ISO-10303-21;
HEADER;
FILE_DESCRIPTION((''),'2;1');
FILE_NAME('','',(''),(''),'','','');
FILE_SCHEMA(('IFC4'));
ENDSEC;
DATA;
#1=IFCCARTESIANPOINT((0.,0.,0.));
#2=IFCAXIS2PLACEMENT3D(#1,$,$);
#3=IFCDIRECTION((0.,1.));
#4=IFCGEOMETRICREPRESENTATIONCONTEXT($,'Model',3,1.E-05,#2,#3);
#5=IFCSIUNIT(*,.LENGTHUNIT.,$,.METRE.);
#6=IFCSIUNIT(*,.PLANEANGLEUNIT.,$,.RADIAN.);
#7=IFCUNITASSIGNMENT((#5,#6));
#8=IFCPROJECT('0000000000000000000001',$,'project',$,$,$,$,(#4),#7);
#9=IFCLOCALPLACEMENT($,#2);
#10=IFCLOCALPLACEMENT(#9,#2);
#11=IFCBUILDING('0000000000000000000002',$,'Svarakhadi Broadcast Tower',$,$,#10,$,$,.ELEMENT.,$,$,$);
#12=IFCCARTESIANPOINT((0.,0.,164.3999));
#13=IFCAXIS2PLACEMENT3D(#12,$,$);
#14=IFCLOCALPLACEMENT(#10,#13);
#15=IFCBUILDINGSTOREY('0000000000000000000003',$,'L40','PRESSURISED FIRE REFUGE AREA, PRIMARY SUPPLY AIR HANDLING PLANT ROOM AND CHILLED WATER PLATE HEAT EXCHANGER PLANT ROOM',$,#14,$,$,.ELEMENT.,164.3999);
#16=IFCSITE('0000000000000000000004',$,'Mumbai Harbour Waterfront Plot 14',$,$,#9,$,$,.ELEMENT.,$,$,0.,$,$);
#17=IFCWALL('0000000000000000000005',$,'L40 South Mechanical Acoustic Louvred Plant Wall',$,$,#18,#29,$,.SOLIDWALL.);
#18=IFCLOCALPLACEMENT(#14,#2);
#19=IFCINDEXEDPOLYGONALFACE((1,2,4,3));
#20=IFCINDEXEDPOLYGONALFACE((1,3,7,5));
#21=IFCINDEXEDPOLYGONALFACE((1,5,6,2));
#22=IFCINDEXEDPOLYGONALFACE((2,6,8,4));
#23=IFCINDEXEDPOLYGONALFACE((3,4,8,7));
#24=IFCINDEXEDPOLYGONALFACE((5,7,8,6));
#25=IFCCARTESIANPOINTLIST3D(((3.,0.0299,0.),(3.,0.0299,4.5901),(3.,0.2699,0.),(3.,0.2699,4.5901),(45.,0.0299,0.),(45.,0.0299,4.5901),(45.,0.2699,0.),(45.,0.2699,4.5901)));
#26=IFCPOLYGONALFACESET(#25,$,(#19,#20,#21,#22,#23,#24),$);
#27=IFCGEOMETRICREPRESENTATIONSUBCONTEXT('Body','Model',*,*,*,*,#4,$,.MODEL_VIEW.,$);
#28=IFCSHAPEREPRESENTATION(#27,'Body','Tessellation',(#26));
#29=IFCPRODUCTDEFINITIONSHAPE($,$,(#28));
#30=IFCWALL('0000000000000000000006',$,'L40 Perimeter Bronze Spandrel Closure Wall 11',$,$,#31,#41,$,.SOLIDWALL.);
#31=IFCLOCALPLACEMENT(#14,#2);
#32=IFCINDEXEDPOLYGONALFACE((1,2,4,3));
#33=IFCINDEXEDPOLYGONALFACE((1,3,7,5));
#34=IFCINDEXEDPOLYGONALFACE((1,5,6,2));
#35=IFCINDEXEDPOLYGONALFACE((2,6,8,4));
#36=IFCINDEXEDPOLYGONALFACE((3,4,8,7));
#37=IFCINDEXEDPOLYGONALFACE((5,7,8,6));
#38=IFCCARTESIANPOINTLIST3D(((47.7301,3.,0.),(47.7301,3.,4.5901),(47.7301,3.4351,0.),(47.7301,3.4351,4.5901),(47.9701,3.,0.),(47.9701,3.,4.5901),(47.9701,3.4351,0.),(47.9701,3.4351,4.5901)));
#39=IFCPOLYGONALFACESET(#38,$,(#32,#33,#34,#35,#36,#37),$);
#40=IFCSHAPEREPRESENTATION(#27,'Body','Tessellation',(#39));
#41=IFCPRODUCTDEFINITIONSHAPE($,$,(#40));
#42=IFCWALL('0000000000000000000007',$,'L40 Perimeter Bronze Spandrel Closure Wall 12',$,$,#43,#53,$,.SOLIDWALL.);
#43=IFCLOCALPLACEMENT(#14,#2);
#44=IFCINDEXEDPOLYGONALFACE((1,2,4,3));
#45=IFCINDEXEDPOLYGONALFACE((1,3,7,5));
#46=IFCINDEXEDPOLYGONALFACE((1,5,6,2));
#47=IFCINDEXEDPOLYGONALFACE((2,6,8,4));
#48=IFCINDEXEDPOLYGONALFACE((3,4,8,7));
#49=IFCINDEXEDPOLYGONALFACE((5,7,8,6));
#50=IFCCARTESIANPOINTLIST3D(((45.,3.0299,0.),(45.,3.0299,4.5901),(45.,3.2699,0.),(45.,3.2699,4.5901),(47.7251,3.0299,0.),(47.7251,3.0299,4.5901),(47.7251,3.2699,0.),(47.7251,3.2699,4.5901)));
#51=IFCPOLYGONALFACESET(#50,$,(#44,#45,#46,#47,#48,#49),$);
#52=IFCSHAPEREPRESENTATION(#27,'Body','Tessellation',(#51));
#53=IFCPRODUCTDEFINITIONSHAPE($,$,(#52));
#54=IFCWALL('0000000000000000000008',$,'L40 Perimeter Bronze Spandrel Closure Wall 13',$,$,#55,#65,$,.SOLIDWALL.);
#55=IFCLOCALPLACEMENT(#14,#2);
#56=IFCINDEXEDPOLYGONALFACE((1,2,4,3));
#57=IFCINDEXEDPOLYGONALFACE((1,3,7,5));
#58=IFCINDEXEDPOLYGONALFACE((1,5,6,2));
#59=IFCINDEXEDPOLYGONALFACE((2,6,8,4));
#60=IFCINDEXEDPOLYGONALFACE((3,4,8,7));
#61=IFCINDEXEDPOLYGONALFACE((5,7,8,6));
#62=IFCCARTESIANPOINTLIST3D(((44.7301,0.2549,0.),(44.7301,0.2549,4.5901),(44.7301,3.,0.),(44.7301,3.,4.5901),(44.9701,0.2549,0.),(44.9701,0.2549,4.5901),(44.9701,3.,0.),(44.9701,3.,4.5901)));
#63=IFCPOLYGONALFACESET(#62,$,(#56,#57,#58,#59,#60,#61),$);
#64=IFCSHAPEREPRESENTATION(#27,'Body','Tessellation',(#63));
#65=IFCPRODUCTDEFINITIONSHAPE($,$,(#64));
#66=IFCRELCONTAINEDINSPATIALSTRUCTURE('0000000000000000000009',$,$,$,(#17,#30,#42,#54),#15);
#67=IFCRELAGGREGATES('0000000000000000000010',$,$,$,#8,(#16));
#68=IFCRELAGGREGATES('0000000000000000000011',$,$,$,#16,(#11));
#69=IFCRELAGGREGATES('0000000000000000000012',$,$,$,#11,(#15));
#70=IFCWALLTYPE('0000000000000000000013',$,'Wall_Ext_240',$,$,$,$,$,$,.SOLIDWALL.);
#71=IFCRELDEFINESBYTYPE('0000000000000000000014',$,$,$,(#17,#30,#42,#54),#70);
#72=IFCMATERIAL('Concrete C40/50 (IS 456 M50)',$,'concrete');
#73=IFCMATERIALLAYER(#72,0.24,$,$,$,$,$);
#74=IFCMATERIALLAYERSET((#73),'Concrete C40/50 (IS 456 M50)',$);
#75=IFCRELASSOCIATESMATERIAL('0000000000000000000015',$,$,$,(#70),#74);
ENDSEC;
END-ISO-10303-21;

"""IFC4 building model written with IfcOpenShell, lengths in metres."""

from ifc_helpers import new_model, si_unit, direction, frame, frame_2d, origin, place, context, subcontext, project, spatial, rectangle, extrude, material, layer, layer_set, type_object, element, save


model = new_model("IFC4")

# Units and contexts
model_context = context("Model", 3, precision=1e-05, world=origin(), true_north=direction((0.0, 1.0)))
body_context = subcontext(model_context, "Body", "Model", "MODEL_VIEW")
ifc_project = project(units=[si_unit("LENGTHUNIT", "METRE"), si_unit("PLANEANGLEUNIT", "RADIAN")], contexts=[model_context])

# Site, building, storey
site_placement = place(None, origin())
site = spatial("IfcSite", under=ifc_project, at=site_placement, Name="Mumbai Harbour Waterfront Plot 14", CompositionType="ELEMENT", RefElevation=0.0)
building_placement = place(site_placement, origin())
building = spatial("IfcBuilding", under=site, at=building_placement, Name="Svarakhadi Broadcast Tower", CompositionType="ELEMENT")
storey_placement = place(building_placement, frame((0.0, 0.0, 164.3999)))
storey = spatial("IfcBuildingStorey", under=building, at=storey_placement, Name="L40", Description="PRESSURISED FIRE REFUGE AREA, PRIMARY SUPPLY AIR HANDLING PLANT ROOM AND CHILLED WATER PLATE HEAT EXCHANGER PLANT ROOM", CompositionType="ELEMENT", Elevation=164.3999)

# Walls
ifc_material_1 = material(Name="Concrete C40/50 (IS 456 M50)", Category="concrete")
ifc_layer_1 = layer(ifc_material_1, 0.24)
ifc_layer_set_1 = layer_set([ifc_layer_1], Name="Concrete C40/50 (IS 456 M50)")
wall_type = type_object("IfcWallType", Name="Wall_Ext_240", PredefinedType="SOLIDWALL", material=ifc_layer_set_1)
wall_1_placement = place(storey_placement, frame((45.0, 0.1499, 0.0), z_axis=(0.0, 0.0, 1.0), x_axis=(-1.0, 0.0, 0.0)))
element("IfcWall", 1, at=wall_1_placement, inside=storey, type_object=wall_type, Name="L40 South Mechanical Acoustic Louvred Plant Wall", PredefinedType="SOLIDWALL", context=body_context, shape_type="SweptSolid", body=[
    extrude(rectangle(XDim=42.0, YDim=0.24, at=frame_2d((21.0, 0.0))), origin(), (0.0, 0.0, 1.0), 4.5901),
])
wall_2_placement = place(storey_placement, frame((47.8501, 3.4351, 0.0), z_axis=(0.0, 0.0, 1.0), x_axis=(0.0, -1.0, 0.0)))
element("IfcWall", 2, at=wall_2_placement, inside=storey, type_object=wall_type, Name="L40 Perimeter Bronze Spandrel Closure Wall 11", PredefinedType="SOLIDWALL", context=body_context, shape_type="SweptSolid", body=[
    extrude(rectangle(XDim=0.4351, YDim=0.24, at=frame_2d((0.2175, 0.0))), origin(), (0.0, 0.0, 1.0), 4.5901),
])
wall_3_placement = place(storey_placement, frame((47.7251, 3.1499, 0.0), z_axis=(0.0, 0.0, 1.0), x_axis=(-1.0, 0.0, 0.0)))
element("IfcWall", 3, at=wall_3_placement, inside=storey, type_object=wall_type, Name="L40 Perimeter Bronze Spandrel Closure Wall 12", PredefinedType="SOLIDWALL", context=body_context, shape_type="SweptSolid", body=[
    extrude(rectangle(XDim=2.7251, YDim=0.24, at=frame_2d((1.3625, 0.0))), origin(), (0.0, 0.0, 1.0), 4.5901),
])
wall_4_placement = place(storey_placement, frame((44.8501, 3.0, 0.0), z_axis=(0.0, 0.0, 1.0), x_axis=(0.0, -1.0, 0.0)))
element("IfcWall", 4, at=wall_4_placement, inside=storey, type_object=wall_type, Name="L40 Perimeter Bronze Spandrel Closure Wall 13", PredefinedType="SOLIDWALL", context=body_context, shape_type="SweptSolid", body=[
    extrude(rectangle(XDim=2.7451, YDim=0.24, at=frame_2d((1.3726, 0.0))), origin(), (0.0, 0.0, 1.0), 4.5901),
])

save(model, "model.ifc")
